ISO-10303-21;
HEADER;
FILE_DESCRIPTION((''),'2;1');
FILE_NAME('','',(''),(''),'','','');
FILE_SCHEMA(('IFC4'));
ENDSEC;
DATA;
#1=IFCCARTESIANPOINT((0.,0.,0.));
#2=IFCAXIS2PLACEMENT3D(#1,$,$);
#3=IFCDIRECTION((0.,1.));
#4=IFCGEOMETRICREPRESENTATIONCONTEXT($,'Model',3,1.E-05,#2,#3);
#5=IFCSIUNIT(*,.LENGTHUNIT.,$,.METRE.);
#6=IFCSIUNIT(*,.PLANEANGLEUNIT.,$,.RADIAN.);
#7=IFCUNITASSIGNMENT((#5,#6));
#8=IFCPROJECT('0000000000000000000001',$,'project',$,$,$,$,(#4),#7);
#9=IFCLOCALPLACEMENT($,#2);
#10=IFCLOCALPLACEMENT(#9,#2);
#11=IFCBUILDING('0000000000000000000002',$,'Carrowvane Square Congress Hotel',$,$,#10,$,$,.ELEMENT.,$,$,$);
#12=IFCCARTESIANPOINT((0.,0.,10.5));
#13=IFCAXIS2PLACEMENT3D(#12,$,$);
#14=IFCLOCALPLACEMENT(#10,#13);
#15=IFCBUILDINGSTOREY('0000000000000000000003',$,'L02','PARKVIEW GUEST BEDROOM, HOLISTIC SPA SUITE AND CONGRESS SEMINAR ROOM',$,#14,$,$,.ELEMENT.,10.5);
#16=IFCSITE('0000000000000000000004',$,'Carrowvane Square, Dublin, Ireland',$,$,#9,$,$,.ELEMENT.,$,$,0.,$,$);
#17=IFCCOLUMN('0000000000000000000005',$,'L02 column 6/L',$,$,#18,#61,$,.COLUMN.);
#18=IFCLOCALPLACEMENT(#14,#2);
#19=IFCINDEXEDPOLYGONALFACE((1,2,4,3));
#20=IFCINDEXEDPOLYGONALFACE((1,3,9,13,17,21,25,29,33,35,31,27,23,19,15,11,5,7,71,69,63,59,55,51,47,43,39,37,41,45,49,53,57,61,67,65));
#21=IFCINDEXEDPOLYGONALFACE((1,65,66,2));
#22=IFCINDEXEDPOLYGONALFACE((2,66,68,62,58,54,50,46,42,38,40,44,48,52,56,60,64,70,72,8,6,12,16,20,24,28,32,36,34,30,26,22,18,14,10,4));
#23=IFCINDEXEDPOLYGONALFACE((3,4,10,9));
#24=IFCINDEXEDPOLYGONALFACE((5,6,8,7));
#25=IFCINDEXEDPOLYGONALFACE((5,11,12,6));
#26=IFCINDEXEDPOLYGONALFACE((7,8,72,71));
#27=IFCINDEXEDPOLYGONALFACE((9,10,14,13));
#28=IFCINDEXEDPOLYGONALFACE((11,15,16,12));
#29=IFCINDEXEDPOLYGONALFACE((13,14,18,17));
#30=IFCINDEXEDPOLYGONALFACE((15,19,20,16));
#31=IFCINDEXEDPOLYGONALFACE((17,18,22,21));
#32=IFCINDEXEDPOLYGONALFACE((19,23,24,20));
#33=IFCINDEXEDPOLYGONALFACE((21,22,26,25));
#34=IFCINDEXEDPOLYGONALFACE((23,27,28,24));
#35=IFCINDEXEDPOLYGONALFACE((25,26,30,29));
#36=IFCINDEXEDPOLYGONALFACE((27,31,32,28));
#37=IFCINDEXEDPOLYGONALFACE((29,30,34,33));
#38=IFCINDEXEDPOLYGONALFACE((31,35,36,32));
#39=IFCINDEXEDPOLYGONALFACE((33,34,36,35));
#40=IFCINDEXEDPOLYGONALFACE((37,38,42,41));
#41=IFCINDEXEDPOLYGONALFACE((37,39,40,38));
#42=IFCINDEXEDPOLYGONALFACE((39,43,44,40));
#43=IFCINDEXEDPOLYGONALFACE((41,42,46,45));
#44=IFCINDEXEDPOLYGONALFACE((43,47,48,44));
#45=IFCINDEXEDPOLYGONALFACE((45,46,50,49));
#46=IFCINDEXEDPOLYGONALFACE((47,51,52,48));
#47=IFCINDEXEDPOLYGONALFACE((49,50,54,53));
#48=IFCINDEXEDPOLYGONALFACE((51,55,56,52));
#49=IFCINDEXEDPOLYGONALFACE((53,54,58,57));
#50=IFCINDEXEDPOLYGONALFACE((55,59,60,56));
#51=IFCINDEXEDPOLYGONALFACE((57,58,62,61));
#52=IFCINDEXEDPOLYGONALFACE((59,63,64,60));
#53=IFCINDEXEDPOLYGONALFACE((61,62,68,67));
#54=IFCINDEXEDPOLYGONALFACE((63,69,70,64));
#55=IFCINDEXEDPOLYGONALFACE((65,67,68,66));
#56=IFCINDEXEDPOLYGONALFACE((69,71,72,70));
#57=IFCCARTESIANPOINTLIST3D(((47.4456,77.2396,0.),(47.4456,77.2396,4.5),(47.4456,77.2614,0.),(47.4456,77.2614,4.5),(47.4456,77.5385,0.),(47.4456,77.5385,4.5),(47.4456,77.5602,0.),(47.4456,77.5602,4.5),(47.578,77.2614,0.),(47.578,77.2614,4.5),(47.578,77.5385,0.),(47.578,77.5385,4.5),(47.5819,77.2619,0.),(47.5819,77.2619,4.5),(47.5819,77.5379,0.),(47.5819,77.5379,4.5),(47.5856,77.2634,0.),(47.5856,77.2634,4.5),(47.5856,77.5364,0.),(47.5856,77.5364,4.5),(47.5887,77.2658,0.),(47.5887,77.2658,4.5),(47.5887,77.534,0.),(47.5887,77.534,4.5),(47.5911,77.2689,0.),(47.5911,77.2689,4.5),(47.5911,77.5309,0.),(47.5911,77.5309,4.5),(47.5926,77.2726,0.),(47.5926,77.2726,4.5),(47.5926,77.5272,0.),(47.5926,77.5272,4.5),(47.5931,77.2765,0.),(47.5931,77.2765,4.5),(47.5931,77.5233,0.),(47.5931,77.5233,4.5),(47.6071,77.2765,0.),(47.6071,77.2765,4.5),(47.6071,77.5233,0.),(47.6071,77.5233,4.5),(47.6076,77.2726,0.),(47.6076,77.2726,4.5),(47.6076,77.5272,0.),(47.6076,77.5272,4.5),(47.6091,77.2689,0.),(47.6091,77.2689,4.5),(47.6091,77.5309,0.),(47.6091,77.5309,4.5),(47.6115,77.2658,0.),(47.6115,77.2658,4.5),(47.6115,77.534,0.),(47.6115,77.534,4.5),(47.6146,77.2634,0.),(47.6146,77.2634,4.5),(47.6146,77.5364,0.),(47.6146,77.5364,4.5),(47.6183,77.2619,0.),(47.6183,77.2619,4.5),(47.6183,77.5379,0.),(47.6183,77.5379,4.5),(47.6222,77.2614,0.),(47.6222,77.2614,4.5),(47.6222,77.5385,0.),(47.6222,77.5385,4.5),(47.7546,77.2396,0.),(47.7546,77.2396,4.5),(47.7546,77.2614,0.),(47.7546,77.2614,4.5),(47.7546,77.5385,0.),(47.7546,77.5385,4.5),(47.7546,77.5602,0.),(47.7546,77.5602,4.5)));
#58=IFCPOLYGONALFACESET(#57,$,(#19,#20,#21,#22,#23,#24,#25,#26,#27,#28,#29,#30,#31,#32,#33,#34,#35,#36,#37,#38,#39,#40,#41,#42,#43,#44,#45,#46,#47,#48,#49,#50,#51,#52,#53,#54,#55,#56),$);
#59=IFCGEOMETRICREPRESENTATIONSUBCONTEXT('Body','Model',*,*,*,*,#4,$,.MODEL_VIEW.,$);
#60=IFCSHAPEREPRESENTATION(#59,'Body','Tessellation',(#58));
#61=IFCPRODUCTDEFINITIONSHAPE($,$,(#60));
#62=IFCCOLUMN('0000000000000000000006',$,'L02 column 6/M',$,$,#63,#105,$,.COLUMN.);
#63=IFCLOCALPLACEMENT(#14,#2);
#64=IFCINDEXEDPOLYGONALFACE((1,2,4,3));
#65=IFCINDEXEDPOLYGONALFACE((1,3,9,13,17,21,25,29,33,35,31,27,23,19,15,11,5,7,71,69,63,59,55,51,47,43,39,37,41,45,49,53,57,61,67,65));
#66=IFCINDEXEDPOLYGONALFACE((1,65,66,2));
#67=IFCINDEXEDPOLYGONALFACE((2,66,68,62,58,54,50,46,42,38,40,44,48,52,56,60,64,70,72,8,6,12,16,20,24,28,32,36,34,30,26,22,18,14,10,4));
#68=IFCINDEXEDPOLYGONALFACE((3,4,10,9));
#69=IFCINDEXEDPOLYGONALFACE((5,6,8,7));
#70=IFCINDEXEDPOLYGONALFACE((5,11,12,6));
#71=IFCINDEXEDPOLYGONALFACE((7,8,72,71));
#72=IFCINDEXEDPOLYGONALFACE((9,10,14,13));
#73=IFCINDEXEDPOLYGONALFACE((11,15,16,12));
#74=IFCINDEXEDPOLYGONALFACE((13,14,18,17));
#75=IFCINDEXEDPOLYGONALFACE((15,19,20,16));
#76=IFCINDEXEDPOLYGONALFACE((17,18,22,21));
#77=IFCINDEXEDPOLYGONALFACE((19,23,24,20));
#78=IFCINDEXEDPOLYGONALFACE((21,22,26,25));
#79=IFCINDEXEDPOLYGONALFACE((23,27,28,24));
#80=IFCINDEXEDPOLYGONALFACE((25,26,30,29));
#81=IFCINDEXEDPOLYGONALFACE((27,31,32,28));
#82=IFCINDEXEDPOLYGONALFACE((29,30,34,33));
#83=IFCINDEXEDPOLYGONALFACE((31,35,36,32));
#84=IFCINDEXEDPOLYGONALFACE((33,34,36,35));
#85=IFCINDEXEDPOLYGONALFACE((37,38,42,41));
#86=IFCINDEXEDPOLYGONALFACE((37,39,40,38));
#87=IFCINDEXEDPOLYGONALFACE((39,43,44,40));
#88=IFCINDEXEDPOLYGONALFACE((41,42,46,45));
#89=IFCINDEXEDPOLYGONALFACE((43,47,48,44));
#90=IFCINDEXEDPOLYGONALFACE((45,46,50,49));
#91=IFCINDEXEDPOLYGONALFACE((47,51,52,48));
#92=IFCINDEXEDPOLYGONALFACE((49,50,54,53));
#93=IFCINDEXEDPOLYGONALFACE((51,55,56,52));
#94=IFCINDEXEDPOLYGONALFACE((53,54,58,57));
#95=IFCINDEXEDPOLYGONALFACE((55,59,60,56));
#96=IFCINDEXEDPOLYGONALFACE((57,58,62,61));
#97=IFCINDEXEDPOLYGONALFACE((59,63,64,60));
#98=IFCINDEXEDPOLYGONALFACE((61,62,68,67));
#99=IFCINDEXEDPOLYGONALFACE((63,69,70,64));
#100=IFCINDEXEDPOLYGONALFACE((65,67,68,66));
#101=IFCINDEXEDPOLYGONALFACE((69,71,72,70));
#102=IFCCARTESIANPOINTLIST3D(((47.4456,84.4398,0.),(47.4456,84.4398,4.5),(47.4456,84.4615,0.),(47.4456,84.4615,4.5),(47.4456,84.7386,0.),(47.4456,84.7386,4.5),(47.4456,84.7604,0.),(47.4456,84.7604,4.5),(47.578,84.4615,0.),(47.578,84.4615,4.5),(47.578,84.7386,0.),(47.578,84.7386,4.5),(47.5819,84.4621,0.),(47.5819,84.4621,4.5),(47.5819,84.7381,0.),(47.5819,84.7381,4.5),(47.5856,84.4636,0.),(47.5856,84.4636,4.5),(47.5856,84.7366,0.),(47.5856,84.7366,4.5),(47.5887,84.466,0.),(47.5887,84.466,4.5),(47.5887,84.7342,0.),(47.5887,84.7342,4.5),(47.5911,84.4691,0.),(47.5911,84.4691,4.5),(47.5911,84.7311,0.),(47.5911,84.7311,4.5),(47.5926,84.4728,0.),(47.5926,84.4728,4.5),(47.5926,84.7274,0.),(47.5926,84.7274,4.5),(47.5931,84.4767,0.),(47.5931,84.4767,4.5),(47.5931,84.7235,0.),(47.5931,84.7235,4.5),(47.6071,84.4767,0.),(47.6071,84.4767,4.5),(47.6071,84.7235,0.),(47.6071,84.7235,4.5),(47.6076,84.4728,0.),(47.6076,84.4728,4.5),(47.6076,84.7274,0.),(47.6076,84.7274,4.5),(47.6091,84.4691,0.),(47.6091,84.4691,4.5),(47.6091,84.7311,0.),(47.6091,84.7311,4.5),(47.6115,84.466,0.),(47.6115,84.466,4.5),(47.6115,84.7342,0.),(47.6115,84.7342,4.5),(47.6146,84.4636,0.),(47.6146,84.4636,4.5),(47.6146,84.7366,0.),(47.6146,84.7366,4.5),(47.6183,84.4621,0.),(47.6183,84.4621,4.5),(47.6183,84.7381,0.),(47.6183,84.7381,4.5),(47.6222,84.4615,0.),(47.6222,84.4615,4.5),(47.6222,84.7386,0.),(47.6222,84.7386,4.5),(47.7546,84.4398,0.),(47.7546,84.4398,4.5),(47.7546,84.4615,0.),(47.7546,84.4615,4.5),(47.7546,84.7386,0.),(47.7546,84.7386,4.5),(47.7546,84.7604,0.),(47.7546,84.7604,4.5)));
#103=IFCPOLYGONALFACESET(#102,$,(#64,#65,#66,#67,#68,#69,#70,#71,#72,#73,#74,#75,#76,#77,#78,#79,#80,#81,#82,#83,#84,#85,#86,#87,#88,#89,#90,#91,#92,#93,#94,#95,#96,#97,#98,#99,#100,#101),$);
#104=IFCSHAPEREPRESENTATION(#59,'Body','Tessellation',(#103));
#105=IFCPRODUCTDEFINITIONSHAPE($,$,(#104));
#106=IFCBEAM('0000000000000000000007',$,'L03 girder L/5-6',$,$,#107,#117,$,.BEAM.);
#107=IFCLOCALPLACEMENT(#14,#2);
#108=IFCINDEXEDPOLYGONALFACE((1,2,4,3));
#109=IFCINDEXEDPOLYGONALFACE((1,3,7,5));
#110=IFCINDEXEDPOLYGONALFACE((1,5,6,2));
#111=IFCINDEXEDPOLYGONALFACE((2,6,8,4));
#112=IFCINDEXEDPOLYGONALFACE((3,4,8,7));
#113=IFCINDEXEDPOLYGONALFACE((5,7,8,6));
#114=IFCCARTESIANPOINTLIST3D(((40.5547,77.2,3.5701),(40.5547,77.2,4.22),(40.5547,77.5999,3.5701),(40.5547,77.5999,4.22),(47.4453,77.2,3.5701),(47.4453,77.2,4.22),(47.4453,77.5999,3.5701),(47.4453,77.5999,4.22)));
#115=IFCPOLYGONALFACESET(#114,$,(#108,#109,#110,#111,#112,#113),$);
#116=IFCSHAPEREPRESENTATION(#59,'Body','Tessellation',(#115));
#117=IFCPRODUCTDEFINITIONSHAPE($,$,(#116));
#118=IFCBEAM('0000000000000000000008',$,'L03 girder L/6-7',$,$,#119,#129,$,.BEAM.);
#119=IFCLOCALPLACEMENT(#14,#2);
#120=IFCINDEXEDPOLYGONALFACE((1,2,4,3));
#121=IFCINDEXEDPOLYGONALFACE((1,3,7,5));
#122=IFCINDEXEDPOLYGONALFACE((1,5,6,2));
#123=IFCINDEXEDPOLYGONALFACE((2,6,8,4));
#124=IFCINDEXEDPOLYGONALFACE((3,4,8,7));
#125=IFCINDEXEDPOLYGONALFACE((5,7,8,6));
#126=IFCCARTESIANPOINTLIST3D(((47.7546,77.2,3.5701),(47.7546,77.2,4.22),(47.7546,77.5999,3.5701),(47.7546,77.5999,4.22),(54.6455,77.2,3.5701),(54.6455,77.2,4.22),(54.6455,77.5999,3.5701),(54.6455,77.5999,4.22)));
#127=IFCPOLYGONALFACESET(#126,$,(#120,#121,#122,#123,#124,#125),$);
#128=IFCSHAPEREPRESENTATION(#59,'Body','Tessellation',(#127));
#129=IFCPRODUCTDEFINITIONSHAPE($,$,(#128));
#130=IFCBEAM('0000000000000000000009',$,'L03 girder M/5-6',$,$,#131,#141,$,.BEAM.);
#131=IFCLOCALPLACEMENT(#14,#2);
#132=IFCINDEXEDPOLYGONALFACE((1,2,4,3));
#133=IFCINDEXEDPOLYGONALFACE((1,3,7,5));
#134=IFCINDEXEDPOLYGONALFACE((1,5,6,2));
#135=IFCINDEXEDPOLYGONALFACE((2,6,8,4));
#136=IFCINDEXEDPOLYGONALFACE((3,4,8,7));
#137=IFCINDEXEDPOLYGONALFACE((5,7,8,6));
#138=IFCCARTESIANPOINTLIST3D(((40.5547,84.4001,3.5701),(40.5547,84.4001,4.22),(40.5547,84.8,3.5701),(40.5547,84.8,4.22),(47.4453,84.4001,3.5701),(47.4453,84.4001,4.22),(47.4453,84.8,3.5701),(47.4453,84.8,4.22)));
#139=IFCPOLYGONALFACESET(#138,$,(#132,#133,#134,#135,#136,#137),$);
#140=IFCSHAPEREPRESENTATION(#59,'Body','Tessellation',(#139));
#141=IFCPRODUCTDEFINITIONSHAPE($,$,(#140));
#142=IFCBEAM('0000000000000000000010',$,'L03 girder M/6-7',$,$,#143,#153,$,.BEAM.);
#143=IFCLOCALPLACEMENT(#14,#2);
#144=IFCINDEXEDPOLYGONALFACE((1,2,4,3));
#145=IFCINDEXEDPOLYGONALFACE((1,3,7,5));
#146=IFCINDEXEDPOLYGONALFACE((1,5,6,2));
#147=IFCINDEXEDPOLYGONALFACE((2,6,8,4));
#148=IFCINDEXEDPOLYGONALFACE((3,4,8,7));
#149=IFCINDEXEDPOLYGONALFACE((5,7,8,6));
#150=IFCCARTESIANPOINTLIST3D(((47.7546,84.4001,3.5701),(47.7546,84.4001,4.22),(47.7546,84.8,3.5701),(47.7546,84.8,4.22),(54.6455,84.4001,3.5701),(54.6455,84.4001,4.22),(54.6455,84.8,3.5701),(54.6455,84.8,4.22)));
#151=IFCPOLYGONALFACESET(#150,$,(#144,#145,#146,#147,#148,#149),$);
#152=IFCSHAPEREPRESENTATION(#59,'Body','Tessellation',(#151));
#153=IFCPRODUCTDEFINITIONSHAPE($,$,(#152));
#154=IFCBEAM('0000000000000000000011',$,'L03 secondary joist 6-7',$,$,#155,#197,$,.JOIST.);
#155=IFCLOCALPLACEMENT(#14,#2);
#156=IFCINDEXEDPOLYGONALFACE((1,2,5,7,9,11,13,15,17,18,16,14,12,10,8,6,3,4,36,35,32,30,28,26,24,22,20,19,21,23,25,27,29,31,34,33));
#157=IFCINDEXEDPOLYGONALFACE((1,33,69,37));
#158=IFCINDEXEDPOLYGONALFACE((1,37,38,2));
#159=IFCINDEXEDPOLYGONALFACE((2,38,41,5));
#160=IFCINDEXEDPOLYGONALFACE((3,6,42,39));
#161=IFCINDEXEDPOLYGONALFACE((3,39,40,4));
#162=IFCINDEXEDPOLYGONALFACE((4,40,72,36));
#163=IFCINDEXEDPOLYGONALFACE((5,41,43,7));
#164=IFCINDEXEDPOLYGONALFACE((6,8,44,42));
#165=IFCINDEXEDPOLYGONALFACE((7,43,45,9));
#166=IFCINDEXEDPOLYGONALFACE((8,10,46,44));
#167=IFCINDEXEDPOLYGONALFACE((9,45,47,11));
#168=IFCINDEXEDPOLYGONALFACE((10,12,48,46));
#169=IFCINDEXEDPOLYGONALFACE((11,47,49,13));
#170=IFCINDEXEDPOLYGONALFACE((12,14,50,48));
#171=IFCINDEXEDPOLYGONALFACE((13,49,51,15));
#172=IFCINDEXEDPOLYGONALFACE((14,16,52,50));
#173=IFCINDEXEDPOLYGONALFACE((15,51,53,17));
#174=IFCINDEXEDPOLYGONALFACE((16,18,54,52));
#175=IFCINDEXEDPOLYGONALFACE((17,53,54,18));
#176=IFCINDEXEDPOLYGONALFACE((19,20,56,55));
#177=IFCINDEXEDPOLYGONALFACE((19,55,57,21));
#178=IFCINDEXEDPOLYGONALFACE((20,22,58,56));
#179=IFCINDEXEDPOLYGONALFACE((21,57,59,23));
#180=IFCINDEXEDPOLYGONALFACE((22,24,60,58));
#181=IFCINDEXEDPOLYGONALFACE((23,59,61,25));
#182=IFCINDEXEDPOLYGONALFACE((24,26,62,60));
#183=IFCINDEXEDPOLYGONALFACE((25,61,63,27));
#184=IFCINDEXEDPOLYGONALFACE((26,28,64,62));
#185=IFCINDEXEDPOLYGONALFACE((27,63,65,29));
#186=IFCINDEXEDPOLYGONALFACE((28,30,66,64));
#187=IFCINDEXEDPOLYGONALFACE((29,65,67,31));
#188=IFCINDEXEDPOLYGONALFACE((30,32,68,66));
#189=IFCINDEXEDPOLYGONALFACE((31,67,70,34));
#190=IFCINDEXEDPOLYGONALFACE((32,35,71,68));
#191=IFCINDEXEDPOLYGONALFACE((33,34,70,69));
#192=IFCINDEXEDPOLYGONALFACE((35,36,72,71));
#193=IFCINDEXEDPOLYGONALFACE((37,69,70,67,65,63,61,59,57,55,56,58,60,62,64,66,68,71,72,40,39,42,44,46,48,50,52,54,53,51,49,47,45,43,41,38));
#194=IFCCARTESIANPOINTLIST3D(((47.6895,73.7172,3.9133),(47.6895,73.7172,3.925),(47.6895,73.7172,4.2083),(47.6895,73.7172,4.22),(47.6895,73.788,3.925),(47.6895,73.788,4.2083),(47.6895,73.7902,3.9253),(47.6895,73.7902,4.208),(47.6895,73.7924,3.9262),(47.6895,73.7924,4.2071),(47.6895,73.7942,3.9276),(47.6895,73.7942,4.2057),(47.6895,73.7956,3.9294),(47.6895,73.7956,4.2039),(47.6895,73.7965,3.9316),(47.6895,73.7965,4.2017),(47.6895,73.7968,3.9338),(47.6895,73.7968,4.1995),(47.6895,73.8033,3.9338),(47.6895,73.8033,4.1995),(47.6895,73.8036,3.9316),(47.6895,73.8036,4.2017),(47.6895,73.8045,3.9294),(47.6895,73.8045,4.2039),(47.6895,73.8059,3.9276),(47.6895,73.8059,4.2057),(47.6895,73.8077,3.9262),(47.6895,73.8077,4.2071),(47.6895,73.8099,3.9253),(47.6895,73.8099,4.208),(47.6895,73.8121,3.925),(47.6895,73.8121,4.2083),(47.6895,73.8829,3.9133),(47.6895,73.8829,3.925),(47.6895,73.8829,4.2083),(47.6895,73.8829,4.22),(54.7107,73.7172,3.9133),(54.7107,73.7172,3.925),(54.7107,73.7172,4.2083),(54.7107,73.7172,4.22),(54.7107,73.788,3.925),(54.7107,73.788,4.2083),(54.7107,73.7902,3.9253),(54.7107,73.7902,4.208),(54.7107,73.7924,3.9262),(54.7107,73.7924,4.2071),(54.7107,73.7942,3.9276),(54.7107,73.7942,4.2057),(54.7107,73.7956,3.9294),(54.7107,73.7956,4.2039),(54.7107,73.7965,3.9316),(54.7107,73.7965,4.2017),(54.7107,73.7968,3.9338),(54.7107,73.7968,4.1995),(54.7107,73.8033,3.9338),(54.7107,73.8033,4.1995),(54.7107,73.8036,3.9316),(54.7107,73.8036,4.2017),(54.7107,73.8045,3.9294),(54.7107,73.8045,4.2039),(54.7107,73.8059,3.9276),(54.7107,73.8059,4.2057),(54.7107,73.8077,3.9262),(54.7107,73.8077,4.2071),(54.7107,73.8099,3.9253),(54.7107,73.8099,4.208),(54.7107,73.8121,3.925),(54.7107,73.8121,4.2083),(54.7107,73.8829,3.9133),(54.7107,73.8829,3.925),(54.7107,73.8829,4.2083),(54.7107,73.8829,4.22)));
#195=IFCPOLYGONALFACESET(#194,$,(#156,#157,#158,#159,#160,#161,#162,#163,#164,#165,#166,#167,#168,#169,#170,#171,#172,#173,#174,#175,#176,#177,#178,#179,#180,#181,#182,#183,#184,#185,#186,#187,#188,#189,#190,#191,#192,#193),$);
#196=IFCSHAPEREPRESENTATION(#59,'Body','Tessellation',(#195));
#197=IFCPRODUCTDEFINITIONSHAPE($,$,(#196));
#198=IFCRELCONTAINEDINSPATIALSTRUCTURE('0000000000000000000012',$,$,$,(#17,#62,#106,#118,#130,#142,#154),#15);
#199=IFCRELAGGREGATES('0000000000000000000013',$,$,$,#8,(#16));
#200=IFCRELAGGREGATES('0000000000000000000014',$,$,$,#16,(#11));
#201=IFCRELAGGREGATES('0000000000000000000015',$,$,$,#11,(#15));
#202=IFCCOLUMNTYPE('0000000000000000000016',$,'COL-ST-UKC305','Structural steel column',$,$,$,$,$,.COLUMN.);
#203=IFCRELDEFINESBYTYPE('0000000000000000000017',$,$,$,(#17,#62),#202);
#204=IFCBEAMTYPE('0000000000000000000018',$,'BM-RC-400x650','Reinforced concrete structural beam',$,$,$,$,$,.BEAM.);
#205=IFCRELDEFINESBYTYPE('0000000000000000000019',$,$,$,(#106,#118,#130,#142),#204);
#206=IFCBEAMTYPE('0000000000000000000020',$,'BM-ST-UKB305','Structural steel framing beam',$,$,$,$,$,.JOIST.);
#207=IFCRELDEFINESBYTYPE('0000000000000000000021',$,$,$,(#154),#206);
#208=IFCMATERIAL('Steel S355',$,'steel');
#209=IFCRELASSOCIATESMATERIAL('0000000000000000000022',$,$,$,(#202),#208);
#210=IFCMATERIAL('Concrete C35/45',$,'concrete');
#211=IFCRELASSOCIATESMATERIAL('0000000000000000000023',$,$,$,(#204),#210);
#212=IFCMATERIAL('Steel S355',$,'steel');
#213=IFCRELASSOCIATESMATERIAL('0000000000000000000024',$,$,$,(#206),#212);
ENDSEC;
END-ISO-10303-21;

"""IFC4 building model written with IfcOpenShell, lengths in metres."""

from ifc_helpers import new_model, si_unit, direction, frame, origin, origin_2d, place, context, subcontext, project, spatial, rectangle, i_section, extrude, material, material_profile, profile_set, type_object, element, save


model = new_model("IFC4")

# Units and contexts
model_context = context("Model", 3, precision=1e-05, world=origin(), true_north=direction((0.0, 1.0)))
body_context = subcontext(model_context, "Body", "Model", "MODEL_VIEW")
ifc_project = project(units=[si_unit("LENGTHUNIT", "METRE"), si_unit("PLANEANGLEUNIT", "RADIAN")], contexts=[model_context])

# Site, building, storey
site_placement = place(None, origin())
site = spatial("IfcSite", under=ifc_project, at=site_placement, Name="Carrowvane Square, Dublin, Ireland", CompositionType="ELEMENT", RefElevation=0.0)
building_placement = place(site_placement, origin())
building = spatial("IfcBuilding", under=site, at=building_placement, Name="Carrowvane Square Congress Hotel", CompositionType="ELEMENT")
storey_placement = place(building_placement, frame((0.0, 0.0, 10.5)))
storey = spatial("IfcBuildingStorey", under=building, at=storey_placement, Name="L02", Description="PARKVIEW GUEST BEDROOM, HOLISTIC SPA SUITE AND CONGRESS SEMINAR ROOM", CompositionType="ELEMENT", Elevation=10.5)

# Columns
ifc_material_1 = material(Name="Steel S355", Category="steel")
ifc_material_profile_1 = material_profile(ifc_material_1, i_section(OverallWidth=0.3091, OverallDepth=0.3206, WebThickness=0.0139, FlangeThickness=0.0217, FilletRadius=0.0151, at=origin_2d()), Name="UKC 305x305x137")
ifc_profile_set_1 = profile_set([ifc_material_profile_1], Name="Steel S355")
column_type = type_object("IfcColumnType", Name="COL-ST-UKC305", Description="Structural steel column", PredefinedType="COLUMN", material=ifc_profile_set_1)
for number, where, z_axis, x_axis, name in (
    (1, (47.6001, 77.3999, 0.0), (0.0, 0.0, 1.0), (1.0, 0.0, 0.0), "L02 column 6/L"),
    (2, (47.6001, 84.6001, 0.0), (0.0, 0.0, 1.0), (1.0, 0.0, 0.0), "L02 column 6/M"),
):
    element("IfcColumn", number, at=place(storey_placement, frame(where, z_axis=z_axis, x_axis=x_axis)), inside=storey, type_object=column_type, Name=name, PredefinedType="COLUMN", context=body_context, shape_type="SweptSolid", body=[
        extrude(i_section(OverallWidth=0.3091, OverallDepth=0.3206, WebThickness=0.0139, FlangeThickness=0.0217, FilletRadius=0.0151, at=origin_2d()), origin(), (0.0, 0.0, 1.0), 4.5),
    ])

# Beams
ifc_material_2 = material(Name="Concrete C35/45", Category="concrete")
ifc_material_profile_2 = material_profile(ifc_material_2, rectangle(XDim=0.3999, YDim=0.6499, at=origin_2d()), Name="RC 400x650")
ifc_profile_set_2 = profile_set([ifc_material_profile_2], Name="Concrete C35/45")
beam_type_1 = type_object("IfcBeamType", Name="BM-RC-400x650", Description="Reinforced concrete structural beam", PredefinedType="BEAM", material=ifc_profile_set_2)
beam_1_placement = place(storey_placement, frame((40.5547, 77.3999, 3.895), z_axis=(1.0, 0.0, 0.0), x_axis=(0.0, 1.0, 0.0)))
element("IfcBeam", 3, at=beam_1_placement, inside=storey, type_object=beam_type_1, Name="L03 girder L/5-6", PredefinedType="BEAM", context=body_context, shape_type="SweptSolid", body=[
    extrude(rectangle(XDim=0.3999, YDim=0.6499, at=origin_2d()), origin(), (0.0, 0.0, 1.0), 6.8906),
])
beam_2_placement = place(storey_placement, frame((47.7546, 77.3999, 3.895), z_axis=(1.0, 0.0, 0.0), x_axis=(0.0, 1.0, 0.0)))
element("IfcBeam", 4, at=beam_2_placement, inside=storey, type_object=beam_type_1, Name="L03 girder L/6-7", PredefinedType="BEAM", context=body_context, shape_type="SweptSolid", body=[
    extrude(rectangle(XDim=0.3999, YDim=0.6499, at=origin_2d()), origin(), (0.0, 0.0, 1.0), 6.8909),
])
beam_3_placement = place(storey_placement, frame((40.5547, 84.6001, 3.895), z_axis=(1.0, 0.0, 0.0), x_axis=(0.0, 1.0, 0.0)))
element("IfcBeam", 5, at=beam_3_placement, inside=storey, type_object=beam_type_1, Name="L03 girder M/5-6", PredefinedType="BEAM", context=body_context, shape_type="SweptSolid", body=[
    extrude(rectangle(XDim=0.3999, YDim=0.6499, at=origin_2d()), origin(), (0.0, 0.0, 1.0), 6.8906),
])
beam_4_placement = place(storey_placement, frame((47.7546, 84.6001, 3.895), z_axis=(1.0, 0.0, 0.0), x_axis=(0.0, 1.0, 0.0)))
element("IfcBeam", 6, at=beam_4_placement, inside=storey, type_object=beam_type_1, Name="L03 girder M/6-7", PredefinedType="BEAM", context=body_context, shape_type="SweptSolid", body=[
    extrude(rectangle(XDim=0.3999, YDim=0.6499, at=origin_2d()), origin(), (0.0, 0.0, 1.0), 6.8909),
])
ifc_material_3 = material(Name="Steel S355", Category="steel")
ifc_material_profile_3 = material_profile(ifc_material_3, i_section(OverallWidth=0.1658, OverallDepth=0.3066, WebThickness=0.0066, FlangeThickness=0.0117, FilletRadius=0.0088, at=origin_2d()), Name="UKB 305x165x46")
ifc_profile_set_3 = profile_set([ifc_material_profile_3], Name="Steel S355")
beam_type_2 = type_object("IfcBeamType", Name="BM-ST-UKB305", Description="Structural steel framing beam", PredefinedType="JOIST", material=ifc_profile_set_3)
for number, where, z_axis, x_axis, name in (
    (7, (47.6895, 73.8, 4.0667), (1.0, 0.0, 0.0), (0.0, 1.0, 0.0), "L03 secondary joist 6-7"),
):
    element("IfcBeam", number, at=place(storey_placement, frame(where, z_axis=z_axis, x_axis=x_axis)), inside=storey, type_object=beam_type_2, Name=name, PredefinedType="JOIST", context=body_context, shape_type="SweptSolid", body=[
        extrude(i_section(OverallWidth=0.1658, OverallDepth=0.3066, WebThickness=0.0066, FlangeThickness=0.0117, FilletRadius=0.0088, at=origin_2d()), origin(), (0.0, 0.0, 1.0), 7.0212),
    ])

save(model, "model.ifc")
